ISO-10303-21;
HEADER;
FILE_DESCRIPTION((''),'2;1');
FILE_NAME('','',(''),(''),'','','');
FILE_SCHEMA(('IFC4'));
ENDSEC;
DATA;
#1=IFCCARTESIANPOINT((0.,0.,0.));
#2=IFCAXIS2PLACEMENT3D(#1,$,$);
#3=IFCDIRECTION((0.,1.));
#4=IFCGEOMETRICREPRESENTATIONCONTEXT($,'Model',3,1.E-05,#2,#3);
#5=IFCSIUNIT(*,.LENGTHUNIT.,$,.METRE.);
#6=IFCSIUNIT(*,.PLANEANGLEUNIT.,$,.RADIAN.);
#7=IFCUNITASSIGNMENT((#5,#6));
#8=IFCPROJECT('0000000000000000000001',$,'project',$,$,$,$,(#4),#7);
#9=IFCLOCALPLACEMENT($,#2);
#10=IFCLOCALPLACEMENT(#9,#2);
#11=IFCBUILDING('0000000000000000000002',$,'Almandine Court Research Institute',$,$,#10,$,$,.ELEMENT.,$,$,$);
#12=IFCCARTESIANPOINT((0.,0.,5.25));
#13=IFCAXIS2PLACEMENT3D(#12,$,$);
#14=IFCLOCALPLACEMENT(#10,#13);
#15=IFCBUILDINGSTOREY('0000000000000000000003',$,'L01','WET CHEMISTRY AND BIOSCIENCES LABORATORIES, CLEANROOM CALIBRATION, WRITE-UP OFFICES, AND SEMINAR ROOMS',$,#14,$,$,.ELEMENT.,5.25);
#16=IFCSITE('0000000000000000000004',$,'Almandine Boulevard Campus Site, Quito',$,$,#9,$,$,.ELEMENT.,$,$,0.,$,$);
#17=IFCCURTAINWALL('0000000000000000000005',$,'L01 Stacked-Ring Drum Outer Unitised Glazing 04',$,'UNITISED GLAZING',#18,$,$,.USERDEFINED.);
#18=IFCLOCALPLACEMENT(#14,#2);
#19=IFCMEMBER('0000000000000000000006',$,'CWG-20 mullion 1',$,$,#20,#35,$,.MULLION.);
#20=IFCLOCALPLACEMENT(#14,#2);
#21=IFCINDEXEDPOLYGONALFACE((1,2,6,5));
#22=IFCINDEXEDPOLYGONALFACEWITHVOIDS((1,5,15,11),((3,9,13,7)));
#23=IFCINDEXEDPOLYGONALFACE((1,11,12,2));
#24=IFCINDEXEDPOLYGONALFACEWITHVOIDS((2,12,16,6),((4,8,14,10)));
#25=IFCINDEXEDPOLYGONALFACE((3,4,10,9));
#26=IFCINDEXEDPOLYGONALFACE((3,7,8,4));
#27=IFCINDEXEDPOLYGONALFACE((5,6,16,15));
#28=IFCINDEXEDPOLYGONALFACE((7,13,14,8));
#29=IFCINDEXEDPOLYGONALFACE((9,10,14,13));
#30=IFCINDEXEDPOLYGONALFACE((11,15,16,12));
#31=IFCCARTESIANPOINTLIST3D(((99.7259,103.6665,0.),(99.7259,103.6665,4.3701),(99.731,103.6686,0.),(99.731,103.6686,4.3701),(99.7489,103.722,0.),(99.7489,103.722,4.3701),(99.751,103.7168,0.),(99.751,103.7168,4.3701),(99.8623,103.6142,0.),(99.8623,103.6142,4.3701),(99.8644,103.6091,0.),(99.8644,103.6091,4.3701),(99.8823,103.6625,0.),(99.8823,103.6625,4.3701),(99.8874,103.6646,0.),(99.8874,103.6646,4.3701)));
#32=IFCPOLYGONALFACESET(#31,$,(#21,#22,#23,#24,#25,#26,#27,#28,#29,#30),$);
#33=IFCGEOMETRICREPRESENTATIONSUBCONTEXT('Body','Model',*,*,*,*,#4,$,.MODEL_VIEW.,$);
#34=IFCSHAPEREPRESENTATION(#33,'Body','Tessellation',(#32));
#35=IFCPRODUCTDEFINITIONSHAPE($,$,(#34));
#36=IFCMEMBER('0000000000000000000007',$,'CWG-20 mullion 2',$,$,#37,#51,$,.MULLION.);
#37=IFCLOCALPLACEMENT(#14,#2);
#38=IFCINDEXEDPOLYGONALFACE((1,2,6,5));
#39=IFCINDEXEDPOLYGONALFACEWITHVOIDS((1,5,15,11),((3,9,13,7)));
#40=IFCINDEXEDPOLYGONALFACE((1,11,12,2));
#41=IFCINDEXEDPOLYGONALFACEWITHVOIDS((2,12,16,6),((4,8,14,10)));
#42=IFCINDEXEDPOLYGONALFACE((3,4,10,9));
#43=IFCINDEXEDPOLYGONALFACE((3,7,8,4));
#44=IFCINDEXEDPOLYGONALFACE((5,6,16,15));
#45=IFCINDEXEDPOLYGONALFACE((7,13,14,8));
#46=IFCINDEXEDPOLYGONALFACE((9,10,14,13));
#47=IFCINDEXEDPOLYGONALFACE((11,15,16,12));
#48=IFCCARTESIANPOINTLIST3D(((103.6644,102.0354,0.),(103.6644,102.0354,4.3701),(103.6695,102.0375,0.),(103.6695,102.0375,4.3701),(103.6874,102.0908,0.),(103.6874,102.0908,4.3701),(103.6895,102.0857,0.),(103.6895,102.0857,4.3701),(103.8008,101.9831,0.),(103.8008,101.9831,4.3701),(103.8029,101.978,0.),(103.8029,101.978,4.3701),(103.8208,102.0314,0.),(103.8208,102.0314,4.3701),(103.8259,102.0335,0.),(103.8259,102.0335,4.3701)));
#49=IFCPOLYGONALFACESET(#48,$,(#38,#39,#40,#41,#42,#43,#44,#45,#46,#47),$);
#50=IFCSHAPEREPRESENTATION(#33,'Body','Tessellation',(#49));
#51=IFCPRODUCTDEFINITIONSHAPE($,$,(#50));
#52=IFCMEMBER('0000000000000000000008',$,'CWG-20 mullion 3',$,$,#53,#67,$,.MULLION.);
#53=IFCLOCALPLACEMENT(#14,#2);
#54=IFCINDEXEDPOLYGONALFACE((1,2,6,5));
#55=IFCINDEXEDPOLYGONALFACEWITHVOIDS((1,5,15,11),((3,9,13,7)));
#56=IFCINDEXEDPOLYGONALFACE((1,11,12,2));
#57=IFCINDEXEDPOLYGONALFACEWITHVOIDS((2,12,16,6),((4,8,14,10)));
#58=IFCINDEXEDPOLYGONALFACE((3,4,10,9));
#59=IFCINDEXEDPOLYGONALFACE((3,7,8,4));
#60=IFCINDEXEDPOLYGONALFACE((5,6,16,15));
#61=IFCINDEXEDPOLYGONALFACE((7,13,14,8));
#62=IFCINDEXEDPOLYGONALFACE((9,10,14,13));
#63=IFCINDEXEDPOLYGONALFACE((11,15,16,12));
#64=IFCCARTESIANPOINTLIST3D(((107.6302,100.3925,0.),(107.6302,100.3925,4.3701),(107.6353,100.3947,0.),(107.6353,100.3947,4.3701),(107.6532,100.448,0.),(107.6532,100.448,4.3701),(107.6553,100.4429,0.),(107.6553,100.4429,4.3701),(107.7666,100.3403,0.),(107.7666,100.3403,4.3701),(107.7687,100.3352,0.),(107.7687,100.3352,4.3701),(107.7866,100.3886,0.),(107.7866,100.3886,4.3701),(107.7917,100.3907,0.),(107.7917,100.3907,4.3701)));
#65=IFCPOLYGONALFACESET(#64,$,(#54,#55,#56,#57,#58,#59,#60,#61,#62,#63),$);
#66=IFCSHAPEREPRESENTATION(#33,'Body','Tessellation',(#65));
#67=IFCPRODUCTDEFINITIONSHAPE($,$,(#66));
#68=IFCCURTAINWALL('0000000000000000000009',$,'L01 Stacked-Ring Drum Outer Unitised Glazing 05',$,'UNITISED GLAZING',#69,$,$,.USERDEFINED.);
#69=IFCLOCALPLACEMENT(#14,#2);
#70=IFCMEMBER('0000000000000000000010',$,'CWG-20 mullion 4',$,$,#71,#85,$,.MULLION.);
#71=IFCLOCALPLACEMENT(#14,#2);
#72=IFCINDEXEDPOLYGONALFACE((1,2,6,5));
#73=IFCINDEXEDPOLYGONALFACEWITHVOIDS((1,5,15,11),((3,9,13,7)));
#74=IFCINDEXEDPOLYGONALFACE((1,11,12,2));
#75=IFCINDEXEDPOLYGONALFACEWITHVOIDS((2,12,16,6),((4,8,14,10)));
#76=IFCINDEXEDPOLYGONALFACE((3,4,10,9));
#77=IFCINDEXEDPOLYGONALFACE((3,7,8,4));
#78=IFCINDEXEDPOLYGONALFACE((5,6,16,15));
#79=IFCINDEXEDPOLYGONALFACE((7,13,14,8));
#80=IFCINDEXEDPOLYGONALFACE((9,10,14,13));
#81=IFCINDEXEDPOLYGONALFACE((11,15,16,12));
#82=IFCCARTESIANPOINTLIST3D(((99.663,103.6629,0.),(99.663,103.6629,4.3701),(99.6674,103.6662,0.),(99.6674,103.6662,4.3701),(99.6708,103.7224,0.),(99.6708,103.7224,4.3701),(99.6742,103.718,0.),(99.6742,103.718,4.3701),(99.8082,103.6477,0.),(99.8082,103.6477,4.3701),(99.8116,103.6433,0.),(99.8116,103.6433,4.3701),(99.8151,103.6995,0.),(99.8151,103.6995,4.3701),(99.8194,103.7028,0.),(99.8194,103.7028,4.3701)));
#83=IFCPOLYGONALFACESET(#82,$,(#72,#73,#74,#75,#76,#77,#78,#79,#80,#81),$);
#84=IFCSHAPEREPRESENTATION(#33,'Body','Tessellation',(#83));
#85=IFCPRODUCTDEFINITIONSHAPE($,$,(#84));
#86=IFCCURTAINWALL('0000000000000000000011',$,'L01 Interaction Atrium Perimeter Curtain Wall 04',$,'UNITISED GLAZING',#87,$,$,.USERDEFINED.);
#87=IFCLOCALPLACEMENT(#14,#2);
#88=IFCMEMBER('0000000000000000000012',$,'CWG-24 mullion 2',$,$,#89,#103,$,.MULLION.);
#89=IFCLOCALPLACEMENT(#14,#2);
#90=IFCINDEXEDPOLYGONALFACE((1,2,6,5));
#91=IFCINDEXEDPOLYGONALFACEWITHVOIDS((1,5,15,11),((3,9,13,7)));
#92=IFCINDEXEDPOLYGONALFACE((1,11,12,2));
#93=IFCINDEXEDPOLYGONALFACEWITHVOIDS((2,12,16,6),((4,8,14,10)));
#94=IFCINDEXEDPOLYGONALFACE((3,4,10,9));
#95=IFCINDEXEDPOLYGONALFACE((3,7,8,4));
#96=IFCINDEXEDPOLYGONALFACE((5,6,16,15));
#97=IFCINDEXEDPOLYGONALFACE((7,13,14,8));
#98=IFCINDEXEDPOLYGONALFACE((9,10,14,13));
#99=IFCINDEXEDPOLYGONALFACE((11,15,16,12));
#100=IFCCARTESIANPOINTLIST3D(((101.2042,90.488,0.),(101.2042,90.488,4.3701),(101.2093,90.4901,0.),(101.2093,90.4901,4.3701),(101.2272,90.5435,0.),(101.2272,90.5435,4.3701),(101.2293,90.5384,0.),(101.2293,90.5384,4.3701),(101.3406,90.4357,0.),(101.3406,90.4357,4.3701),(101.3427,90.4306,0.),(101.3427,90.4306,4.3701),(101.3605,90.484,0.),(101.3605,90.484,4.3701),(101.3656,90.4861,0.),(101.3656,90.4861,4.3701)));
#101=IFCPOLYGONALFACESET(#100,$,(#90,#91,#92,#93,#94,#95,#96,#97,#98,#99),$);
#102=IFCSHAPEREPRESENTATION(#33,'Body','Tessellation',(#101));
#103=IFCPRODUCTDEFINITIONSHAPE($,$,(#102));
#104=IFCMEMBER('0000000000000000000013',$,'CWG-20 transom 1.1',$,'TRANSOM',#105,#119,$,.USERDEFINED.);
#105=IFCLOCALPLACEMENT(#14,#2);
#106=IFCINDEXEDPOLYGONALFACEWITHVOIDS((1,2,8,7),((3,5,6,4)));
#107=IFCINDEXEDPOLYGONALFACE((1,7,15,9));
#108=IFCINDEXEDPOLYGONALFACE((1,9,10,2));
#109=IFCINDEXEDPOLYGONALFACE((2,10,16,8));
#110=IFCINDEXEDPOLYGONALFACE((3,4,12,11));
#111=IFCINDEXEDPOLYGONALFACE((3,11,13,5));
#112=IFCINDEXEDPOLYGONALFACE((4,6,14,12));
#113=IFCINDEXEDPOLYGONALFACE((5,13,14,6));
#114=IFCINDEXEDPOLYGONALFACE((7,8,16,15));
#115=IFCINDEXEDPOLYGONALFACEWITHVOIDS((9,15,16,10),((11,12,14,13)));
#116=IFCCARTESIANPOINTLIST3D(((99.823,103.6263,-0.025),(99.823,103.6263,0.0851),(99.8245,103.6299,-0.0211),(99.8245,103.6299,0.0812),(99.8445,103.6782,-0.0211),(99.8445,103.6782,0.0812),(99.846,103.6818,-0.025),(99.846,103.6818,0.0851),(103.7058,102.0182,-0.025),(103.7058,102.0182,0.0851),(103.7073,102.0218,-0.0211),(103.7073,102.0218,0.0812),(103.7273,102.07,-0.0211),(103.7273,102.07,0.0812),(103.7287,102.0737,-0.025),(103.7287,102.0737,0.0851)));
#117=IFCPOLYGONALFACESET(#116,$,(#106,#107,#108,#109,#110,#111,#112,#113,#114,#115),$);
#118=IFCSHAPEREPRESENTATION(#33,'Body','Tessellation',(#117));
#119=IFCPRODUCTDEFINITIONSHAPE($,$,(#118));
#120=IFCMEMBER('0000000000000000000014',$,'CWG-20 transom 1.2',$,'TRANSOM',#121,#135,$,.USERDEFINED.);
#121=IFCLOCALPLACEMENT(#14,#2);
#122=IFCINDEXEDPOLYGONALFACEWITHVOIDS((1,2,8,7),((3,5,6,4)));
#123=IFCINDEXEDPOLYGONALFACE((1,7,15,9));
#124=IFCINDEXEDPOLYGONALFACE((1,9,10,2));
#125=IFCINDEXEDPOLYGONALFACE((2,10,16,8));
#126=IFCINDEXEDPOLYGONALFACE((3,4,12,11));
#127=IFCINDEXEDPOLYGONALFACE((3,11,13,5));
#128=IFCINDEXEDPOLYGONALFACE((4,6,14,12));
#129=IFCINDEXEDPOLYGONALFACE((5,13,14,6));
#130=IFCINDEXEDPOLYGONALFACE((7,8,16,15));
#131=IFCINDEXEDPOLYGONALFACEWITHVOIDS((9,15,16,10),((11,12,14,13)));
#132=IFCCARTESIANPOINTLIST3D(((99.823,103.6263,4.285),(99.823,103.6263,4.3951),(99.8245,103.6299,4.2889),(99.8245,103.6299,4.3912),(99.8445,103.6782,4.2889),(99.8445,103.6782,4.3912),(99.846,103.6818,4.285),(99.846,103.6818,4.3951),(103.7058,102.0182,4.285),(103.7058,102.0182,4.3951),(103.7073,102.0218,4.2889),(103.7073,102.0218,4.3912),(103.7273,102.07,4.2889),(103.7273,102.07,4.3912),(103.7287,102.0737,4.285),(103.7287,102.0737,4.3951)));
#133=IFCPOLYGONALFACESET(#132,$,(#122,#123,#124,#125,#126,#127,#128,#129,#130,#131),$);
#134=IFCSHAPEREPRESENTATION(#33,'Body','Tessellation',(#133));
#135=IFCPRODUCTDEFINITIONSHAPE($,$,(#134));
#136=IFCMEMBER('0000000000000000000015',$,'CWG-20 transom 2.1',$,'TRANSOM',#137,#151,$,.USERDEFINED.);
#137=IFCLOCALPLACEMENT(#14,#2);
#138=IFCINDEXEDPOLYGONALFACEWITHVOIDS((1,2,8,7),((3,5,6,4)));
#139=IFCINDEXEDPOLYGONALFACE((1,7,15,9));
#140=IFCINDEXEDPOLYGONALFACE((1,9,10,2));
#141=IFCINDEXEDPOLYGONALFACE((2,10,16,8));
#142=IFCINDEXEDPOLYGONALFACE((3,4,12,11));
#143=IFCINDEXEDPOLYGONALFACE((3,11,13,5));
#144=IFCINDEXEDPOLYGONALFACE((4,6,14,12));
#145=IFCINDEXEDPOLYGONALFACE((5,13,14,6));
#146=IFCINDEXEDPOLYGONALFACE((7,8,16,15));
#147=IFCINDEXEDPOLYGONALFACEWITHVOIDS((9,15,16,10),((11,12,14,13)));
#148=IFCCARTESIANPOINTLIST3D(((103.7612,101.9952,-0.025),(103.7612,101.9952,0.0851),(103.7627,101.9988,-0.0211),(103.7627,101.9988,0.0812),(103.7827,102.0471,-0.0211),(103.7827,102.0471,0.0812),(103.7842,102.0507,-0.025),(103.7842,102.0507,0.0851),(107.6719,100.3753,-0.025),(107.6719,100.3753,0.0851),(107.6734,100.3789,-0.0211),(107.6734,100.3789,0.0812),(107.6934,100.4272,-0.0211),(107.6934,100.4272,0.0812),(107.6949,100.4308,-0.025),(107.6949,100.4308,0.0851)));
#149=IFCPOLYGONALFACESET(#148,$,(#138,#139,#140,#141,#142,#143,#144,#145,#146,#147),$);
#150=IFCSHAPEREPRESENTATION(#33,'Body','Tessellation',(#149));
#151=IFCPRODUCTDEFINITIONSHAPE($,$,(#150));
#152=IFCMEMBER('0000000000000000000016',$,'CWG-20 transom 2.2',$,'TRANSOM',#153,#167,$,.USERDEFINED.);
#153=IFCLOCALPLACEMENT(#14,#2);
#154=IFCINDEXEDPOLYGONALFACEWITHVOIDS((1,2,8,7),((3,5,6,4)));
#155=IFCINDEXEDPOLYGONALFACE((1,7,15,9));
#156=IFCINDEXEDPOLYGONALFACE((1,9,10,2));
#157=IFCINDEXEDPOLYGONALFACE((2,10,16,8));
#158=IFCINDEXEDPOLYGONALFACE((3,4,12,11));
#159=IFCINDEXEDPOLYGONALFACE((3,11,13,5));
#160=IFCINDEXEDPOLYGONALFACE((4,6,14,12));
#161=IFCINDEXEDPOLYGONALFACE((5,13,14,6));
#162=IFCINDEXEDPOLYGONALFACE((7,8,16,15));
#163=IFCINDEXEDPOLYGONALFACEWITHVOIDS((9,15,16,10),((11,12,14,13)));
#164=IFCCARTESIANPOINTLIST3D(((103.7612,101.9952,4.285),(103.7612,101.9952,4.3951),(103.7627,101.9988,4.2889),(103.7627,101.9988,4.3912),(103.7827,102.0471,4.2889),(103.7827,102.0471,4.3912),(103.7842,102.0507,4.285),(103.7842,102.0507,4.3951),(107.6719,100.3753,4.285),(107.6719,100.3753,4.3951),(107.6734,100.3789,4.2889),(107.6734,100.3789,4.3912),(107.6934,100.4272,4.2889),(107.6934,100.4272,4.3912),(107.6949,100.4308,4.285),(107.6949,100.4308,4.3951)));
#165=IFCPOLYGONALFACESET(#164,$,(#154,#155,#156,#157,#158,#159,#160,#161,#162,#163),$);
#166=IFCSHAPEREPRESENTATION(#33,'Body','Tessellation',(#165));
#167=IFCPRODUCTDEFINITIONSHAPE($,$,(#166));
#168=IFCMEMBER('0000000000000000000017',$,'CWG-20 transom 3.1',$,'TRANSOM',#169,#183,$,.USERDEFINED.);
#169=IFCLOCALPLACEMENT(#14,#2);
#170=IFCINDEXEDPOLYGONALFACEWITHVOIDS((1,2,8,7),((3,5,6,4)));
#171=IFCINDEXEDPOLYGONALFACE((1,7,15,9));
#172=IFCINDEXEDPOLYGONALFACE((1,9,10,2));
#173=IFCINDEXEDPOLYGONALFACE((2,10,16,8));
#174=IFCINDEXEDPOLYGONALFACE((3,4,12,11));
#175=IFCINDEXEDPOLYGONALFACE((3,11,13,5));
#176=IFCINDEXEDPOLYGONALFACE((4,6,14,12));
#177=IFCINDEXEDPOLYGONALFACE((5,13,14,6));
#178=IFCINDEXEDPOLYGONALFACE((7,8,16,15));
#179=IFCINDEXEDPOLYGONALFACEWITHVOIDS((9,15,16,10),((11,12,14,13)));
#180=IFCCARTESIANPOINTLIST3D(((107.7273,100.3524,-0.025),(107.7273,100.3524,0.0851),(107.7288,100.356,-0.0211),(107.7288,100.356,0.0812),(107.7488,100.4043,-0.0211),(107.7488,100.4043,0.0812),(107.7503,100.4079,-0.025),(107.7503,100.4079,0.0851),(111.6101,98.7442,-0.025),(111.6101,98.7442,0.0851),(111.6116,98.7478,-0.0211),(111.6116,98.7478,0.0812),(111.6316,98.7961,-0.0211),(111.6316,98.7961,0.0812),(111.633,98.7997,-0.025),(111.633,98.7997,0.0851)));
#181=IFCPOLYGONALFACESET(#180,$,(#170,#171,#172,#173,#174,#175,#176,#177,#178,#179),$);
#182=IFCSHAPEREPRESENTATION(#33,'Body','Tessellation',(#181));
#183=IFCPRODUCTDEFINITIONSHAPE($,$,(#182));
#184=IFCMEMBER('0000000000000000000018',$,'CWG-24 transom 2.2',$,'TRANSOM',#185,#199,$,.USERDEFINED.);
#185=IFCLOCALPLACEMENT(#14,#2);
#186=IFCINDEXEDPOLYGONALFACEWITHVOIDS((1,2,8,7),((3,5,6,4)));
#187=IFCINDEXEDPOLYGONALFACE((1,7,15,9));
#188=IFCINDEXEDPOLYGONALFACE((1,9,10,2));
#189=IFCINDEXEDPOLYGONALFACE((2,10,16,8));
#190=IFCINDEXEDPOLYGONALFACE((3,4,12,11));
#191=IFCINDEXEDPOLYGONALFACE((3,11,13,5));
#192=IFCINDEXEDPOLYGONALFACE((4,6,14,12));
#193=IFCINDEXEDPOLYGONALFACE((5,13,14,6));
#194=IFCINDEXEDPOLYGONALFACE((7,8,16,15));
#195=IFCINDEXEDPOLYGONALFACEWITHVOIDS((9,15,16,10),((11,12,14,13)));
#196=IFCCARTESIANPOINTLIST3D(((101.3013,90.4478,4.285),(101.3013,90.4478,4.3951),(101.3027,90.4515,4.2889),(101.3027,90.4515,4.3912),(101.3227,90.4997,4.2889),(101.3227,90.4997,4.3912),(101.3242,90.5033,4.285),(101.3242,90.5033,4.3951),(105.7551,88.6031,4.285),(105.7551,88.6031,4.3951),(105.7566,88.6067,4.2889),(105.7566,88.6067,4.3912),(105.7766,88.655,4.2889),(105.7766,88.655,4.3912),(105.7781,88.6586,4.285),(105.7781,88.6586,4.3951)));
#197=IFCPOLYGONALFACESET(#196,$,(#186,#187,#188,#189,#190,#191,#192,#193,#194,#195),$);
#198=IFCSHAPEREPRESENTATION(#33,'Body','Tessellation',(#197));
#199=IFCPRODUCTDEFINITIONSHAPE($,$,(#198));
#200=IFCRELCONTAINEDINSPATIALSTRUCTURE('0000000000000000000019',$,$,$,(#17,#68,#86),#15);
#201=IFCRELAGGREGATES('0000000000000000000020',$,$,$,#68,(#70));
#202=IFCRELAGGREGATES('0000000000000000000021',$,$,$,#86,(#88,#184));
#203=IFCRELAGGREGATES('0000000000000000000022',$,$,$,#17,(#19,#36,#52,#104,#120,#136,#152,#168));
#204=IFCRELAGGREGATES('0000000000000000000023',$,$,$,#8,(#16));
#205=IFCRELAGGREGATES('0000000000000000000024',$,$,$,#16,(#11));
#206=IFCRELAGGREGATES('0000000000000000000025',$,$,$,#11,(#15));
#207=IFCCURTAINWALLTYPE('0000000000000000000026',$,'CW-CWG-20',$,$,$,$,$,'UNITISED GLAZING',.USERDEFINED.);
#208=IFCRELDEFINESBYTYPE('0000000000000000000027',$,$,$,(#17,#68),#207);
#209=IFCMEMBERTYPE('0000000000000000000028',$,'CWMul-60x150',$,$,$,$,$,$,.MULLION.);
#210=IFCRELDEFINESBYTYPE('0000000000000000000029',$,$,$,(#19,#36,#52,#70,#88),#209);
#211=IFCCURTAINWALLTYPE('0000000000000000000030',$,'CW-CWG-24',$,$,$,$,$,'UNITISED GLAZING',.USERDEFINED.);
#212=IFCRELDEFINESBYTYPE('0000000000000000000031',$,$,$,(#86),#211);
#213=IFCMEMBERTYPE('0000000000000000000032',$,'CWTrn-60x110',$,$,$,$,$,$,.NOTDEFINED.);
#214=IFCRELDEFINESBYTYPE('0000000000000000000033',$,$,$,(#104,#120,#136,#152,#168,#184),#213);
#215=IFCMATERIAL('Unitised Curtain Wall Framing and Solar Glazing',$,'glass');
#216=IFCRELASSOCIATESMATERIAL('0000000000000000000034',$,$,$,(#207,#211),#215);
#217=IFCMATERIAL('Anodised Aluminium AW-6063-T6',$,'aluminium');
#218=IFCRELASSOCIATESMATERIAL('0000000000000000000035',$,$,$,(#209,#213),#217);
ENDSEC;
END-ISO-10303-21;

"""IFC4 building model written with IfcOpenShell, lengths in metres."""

from ifc_helpers import new_model, si_unit, direction, frame, origin, origin_2d, place, context, subcontext, project, spatial, hollow_rectangle, extrude, material, material_profile, profile_set, type_object, element, aggregate, save


model = new_model("IFC4")

# Units and contexts
model_context = context("Model", 3, precision=1e-05, world=origin(), true_north=direction((0.0, 1.0)))
body_context = subcontext(model_context, "Body", "Model", "MODEL_VIEW")
ifc_project = project(units=[si_unit("LENGTHUNIT", "METRE"), si_unit("PLANEANGLEUNIT", "RADIAN")], contexts=[model_context])

# Site, building, storey
site_placement = place(None, origin())
site = spatial("IfcSite", under=ifc_project, at=site_placement, Name="Almandine Boulevard Campus Site, Quito", CompositionType="ELEMENT", RefElevation=0.0)
building_placement = place(site_placement, origin())
building = spatial("IfcBuilding", under=site, at=building_placement, Name="Almandine Court Research Institute", CompositionType="ELEMENT")
storey_placement = place(building_placement, frame((0.0, 0.0, 5.25)))
storey = spatial("IfcBuildingStorey", under=building, at=storey_placement, Name="L01", Description="WET CHEMISTRY AND BIOSCIENCES LABORATORIES, CLEANROOM CALIBRATION, WRITE-UP OFFICES, AND SEMINAR ROOMS", CompositionType="ELEMENT", Elevation=5.25)

# Curtain wall, members
ifc_material_1 = material(Name="Unitised Curtain Wall Framing and Solar Glazing", Category="glass")
curtain_wall_type_1 = type_object("IfcCurtainWallType", Name="CW-CWG-20", ElementType="UNITISED GLAZING", PredefinedType="USERDEFINED", material=ifc_material_1)
curtain_wall_1_placement = place(storey_placement, origin())
curtain_wall_1 = element("IfcCurtainWall", 1, at=curtain_wall_1_placement, inside=storey, type_object=curtain_wall_type_1, Name="L01 Stacked-Ring Drum Outer Unitised Glazing 04", ObjectType="UNITISED GLAZING", PredefinedType="USERDEFINED")
ifc_material_2 = material(Name="Anodised Aluminium AW-6063-T6", Category="aluminium")
ifc_material_profile_1 = material_profile(ifc_material_2, hollow_rectangle(XDim=0.0601, YDim=0.1499, WallThickness=0.0039, at=origin_2d()), Name="ALU RHS 60x150x4")
ifc_profile_set_1 = profile_set([ifc_material_profile_1], Name="Anodised Aluminium AW-6063-T6")
member_type_1 = type_object("IfcMemberType", Name="CWMul-60x150", PredefinedType="MULLION", material=ifc_profile_set_1)
member_1_placement = place(storey_placement, frame((99.8066, 103.6655, 0.0), z_axis=(0.0, 0.0, 1.0), x_axis=(0.382663, 0.923888, 0.0)))
member_1 = element("IfcMember", 2, at=member_1_placement, type_object=member_type_1, Name="CWG-20 mullion 1", PredefinedType="MULLION", context=body_context, shape_type="SweptSolid", body=[
    extrude(hollow_rectangle(XDim=0.0601, YDim=0.1499, WallThickness=0.0039, at=origin_2d()), origin(), (0.0, 0.0, 1.0), 4.3701),
])
member_2_placement = place(storey_placement, frame((103.7451, 102.0344, 0.0), z_axis=(0.0, 0.0, 1.0), x_axis=(0.382663, 0.923888, 0.0)))
member_2 = element("IfcMember", 3, at=member_2_placement, type_object=member_type_1, Name="CWG-20 mullion 2", PredefinedType="MULLION", context=body_context, shape_type="SweptSolid", body=[
    extrude(hollow_rectangle(XDim=0.0601, YDim=0.1499, WallThickness=0.0039, at=origin_2d()), origin(), (0.0, 0.0, 1.0), 4.3701),
])
member_3_placement = place(storey_placement, frame((107.7109, 100.3916, 0.0), z_axis=(0.0, 0.0, 1.0), x_axis=(0.382663, 0.923888, 0.0)))
member_3 = element("IfcMember", 4, at=member_3_placement, type_object=member_type_1, Name="CWG-20 mullion 3", PredefinedType="MULLION", context=body_context, shape_type="SweptSolid", body=[
    extrude(hollow_rectangle(XDim=0.0601, YDim=0.1499, WallThickness=0.0039, at=origin_2d()), origin(), (0.0, 0.0, 1.0), 4.3701),
])

# Curtain walls, members
curtain_wall_2_placement = place(storey_placement, origin())
curtain_wall_2 = element("IfcCurtainWall", 5, at=curtain_wall_2_placement, inside=storey, type_object=curtain_wall_type_1, Name="L01 Stacked-Ring Drum Outer Unitised Glazing 05", ObjectType="UNITISED GLAZING", PredefinedType="USERDEFINED")
member_4_placement = place(storey_placement, frame((99.7412, 103.6829, 0.0), z_axis=(0.0, 0.0, 1.0), x_axis=(0.130541, 0.991443, 0.0)))
member_4 = element("IfcMember", 6, at=member_4_placement, type_object=member_type_1, Name="CWG-20 mullion 4", PredefinedType="MULLION", context=body_context, shape_type="SweptSolid", body=[
    extrude(hollow_rectangle(XDim=0.0601, YDim=0.1499, WallThickness=0.0039, at=origin_2d()), origin(), (0.0, 0.0, 1.0), 4.3701),
])
aggregate(curtain_wall_2, [member_4])
curtain_wall_type_2 = type_object("IfcCurtainWallType", Name="CW-CWG-24", ElementType="UNITISED GLAZING", PredefinedType="USERDEFINED", material=ifc_material_1)
curtain_wall_3_placement = place(storey_placement, origin())
curtain_wall_3 = element("IfcCurtainWall", 7, at=curtain_wall_3_placement, inside=storey, type_object=curtain_wall_type_2, Name="L01 Interaction Atrium Perimeter Curtain Wall 04", ObjectType="UNITISED GLAZING", PredefinedType="USERDEFINED")
member_5_placement = place(storey_placement, frame((101.2849, 90.4871, 0.0), z_axis=(0.0, 0.0, 1.0), x_axis=(0.382634, 0.9239, 0.0)))
member_5 = element("IfcMember", 8, at=member_5_placement, type_object=member_type_1, Name="CWG-24 mullion 2", PredefinedType="MULLION", context=body_context, shape_type="SweptSolid", body=[
    extrude(hollow_rectangle(XDim=0.0601, YDim=0.1499, WallThickness=0.0039, at=origin_2d()), origin(), (0.0, 0.0, 1.0), 4.3701),
])

# Members
ifc_material_profile_2 = material_profile(ifc_material_2, hollow_rectangle(XDim=0.0601, YDim=0.1101, WallThickness=0.0039, at=origin_2d()), Name="ALU RHS 60x110x4")
ifc_profile_set_2 = profile_set([ifc_material_profile_2], Name="Anodised Aluminium AW-6063-T6")
member_type_2 = type_object("IfcMemberType", Name="CWTrn-60x110", PredefinedType="NOTDEFINED", material=ifc_profile_set_2)
member_6_placement = place(storey_placement, frame((99.8345, 103.6541, 0.03), z_axis=(0.923893, -0.382651, 0.0), x_axis=(0.382651, 0.923893, 0.0)))
member_6 = element("IfcMember", 9, at=member_6_placement, type_object=member_type_2, Name="CWG-20 transom 1.1", ObjectType="TRANSOM", PredefinedType="USERDEFINED", context=body_context, shape_type="SweptSolid", body=[
    extrude(hollow_rectangle(XDim=0.0601, YDim=0.1101, WallThickness=0.0039, at=origin_2d()), origin(), (0.0, 0.0, 1.0), 4.2026),
])
member_7_placement = place(storey_placement, frame((99.8345, 103.6541, 4.3401), z_axis=(0.923893, -0.382651, 0.0), x_axis=(0.382651, 0.923893, 0.0)))
member_7 = element("IfcMember", 10, at=member_7_placement, type_object=member_type_2, Name="CWG-20 transom 1.2", ObjectType="TRANSOM", PredefinedType="USERDEFINED", context=body_context, shape_type="SweptSolid", body=[
    extrude(hollow_rectangle(XDim=0.0601, YDim=0.1101, WallThickness=0.0039, at=origin_2d()), origin(), (0.0, 0.0, 1.0), 4.2026),
])
member_8_placement = place(storey_placement, frame((103.7727, 102.0229, 0.03), z_axis=(0.923877, -0.38269, 0.0), x_axis=(0.38269, 0.923877, 0.0)))
member_8 = element("IfcMember", 11, at=member_8_placement, type_object=member_type_2, Name="CWG-20 transom 2.1", ObjectType="TRANSOM", PredefinedType="USERDEFINED", context=body_context, shape_type="SweptSolid", body=[
    extrude(hollow_rectangle(XDim=0.0601, YDim=0.1101, WallThickness=0.0039, at=origin_2d()), origin(), (0.0, 0.0, 1.0), 4.2329),
])
member_9_placement = place(storey_placement, frame((103.7727, 102.0229, 4.3401), z_axis=(0.923877, -0.38269, 0.0), x_axis=(0.38269, 0.923877, 0.0)))
member_9 = element("IfcMember", 12, at=member_9_placement, type_object=member_type_2, Name="CWG-20 transom 2.2", ObjectType="TRANSOM", PredefinedType="USERDEFINED", context=body_context, shape_type="SweptSolid", body=[
    extrude(hollow_rectangle(XDim=0.0601, YDim=0.1101, WallThickness=0.0039, at=origin_2d()), origin(), (0.0, 0.0, 1.0), 4.2329),
])
member_10_placement = place(storey_placement, frame((107.7388, 100.3801, 0.03), z_axis=(0.923893, -0.382651, 0.0), x_axis=(0.382651, 0.923893, 0.0)))
member_10 = element("IfcMember", 13, at=member_10_placement, type_object=member_type_2, Name="CWG-20 transom 3.1", ObjectType="TRANSOM", PredefinedType="USERDEFINED", context=body_context, shape_type="SweptSolid", body=[
    extrude(hollow_rectangle(XDim=0.0601, YDim=0.1101, WallThickness=0.0039, at=origin_2d()), origin(), (0.0, 0.0, 1.0), 4.2026),
])
member_11_placement = place(storey_placement, frame((101.3127, 90.4756, 4.3401), z_axis=(0.923888, -0.382662, 0.0), x_axis=(0.382662, 0.923888, 0.0)))
member_11 = element("IfcMember", 14, at=member_11_placement, type_object=member_type_2, Name="CWG-24 transom 2.2", ObjectType="TRANSOM", PredefinedType="USERDEFINED", context=body_context, shape_type="SweptSolid", body=[
    extrude(hollow_rectangle(XDim=0.0601, YDim=0.1101, WallThickness=0.0039, at=origin_2d()), origin(), (0.0, 0.0, 1.0), 4.8208),
])
aggregate(curtain_wall_3, [member_5, member_11])

aggregate(curtain_wall_1, [member_1, member_2, member_3, member_6, member_7, member_8, member_9, member_10])

save(model, "model.ifc")
